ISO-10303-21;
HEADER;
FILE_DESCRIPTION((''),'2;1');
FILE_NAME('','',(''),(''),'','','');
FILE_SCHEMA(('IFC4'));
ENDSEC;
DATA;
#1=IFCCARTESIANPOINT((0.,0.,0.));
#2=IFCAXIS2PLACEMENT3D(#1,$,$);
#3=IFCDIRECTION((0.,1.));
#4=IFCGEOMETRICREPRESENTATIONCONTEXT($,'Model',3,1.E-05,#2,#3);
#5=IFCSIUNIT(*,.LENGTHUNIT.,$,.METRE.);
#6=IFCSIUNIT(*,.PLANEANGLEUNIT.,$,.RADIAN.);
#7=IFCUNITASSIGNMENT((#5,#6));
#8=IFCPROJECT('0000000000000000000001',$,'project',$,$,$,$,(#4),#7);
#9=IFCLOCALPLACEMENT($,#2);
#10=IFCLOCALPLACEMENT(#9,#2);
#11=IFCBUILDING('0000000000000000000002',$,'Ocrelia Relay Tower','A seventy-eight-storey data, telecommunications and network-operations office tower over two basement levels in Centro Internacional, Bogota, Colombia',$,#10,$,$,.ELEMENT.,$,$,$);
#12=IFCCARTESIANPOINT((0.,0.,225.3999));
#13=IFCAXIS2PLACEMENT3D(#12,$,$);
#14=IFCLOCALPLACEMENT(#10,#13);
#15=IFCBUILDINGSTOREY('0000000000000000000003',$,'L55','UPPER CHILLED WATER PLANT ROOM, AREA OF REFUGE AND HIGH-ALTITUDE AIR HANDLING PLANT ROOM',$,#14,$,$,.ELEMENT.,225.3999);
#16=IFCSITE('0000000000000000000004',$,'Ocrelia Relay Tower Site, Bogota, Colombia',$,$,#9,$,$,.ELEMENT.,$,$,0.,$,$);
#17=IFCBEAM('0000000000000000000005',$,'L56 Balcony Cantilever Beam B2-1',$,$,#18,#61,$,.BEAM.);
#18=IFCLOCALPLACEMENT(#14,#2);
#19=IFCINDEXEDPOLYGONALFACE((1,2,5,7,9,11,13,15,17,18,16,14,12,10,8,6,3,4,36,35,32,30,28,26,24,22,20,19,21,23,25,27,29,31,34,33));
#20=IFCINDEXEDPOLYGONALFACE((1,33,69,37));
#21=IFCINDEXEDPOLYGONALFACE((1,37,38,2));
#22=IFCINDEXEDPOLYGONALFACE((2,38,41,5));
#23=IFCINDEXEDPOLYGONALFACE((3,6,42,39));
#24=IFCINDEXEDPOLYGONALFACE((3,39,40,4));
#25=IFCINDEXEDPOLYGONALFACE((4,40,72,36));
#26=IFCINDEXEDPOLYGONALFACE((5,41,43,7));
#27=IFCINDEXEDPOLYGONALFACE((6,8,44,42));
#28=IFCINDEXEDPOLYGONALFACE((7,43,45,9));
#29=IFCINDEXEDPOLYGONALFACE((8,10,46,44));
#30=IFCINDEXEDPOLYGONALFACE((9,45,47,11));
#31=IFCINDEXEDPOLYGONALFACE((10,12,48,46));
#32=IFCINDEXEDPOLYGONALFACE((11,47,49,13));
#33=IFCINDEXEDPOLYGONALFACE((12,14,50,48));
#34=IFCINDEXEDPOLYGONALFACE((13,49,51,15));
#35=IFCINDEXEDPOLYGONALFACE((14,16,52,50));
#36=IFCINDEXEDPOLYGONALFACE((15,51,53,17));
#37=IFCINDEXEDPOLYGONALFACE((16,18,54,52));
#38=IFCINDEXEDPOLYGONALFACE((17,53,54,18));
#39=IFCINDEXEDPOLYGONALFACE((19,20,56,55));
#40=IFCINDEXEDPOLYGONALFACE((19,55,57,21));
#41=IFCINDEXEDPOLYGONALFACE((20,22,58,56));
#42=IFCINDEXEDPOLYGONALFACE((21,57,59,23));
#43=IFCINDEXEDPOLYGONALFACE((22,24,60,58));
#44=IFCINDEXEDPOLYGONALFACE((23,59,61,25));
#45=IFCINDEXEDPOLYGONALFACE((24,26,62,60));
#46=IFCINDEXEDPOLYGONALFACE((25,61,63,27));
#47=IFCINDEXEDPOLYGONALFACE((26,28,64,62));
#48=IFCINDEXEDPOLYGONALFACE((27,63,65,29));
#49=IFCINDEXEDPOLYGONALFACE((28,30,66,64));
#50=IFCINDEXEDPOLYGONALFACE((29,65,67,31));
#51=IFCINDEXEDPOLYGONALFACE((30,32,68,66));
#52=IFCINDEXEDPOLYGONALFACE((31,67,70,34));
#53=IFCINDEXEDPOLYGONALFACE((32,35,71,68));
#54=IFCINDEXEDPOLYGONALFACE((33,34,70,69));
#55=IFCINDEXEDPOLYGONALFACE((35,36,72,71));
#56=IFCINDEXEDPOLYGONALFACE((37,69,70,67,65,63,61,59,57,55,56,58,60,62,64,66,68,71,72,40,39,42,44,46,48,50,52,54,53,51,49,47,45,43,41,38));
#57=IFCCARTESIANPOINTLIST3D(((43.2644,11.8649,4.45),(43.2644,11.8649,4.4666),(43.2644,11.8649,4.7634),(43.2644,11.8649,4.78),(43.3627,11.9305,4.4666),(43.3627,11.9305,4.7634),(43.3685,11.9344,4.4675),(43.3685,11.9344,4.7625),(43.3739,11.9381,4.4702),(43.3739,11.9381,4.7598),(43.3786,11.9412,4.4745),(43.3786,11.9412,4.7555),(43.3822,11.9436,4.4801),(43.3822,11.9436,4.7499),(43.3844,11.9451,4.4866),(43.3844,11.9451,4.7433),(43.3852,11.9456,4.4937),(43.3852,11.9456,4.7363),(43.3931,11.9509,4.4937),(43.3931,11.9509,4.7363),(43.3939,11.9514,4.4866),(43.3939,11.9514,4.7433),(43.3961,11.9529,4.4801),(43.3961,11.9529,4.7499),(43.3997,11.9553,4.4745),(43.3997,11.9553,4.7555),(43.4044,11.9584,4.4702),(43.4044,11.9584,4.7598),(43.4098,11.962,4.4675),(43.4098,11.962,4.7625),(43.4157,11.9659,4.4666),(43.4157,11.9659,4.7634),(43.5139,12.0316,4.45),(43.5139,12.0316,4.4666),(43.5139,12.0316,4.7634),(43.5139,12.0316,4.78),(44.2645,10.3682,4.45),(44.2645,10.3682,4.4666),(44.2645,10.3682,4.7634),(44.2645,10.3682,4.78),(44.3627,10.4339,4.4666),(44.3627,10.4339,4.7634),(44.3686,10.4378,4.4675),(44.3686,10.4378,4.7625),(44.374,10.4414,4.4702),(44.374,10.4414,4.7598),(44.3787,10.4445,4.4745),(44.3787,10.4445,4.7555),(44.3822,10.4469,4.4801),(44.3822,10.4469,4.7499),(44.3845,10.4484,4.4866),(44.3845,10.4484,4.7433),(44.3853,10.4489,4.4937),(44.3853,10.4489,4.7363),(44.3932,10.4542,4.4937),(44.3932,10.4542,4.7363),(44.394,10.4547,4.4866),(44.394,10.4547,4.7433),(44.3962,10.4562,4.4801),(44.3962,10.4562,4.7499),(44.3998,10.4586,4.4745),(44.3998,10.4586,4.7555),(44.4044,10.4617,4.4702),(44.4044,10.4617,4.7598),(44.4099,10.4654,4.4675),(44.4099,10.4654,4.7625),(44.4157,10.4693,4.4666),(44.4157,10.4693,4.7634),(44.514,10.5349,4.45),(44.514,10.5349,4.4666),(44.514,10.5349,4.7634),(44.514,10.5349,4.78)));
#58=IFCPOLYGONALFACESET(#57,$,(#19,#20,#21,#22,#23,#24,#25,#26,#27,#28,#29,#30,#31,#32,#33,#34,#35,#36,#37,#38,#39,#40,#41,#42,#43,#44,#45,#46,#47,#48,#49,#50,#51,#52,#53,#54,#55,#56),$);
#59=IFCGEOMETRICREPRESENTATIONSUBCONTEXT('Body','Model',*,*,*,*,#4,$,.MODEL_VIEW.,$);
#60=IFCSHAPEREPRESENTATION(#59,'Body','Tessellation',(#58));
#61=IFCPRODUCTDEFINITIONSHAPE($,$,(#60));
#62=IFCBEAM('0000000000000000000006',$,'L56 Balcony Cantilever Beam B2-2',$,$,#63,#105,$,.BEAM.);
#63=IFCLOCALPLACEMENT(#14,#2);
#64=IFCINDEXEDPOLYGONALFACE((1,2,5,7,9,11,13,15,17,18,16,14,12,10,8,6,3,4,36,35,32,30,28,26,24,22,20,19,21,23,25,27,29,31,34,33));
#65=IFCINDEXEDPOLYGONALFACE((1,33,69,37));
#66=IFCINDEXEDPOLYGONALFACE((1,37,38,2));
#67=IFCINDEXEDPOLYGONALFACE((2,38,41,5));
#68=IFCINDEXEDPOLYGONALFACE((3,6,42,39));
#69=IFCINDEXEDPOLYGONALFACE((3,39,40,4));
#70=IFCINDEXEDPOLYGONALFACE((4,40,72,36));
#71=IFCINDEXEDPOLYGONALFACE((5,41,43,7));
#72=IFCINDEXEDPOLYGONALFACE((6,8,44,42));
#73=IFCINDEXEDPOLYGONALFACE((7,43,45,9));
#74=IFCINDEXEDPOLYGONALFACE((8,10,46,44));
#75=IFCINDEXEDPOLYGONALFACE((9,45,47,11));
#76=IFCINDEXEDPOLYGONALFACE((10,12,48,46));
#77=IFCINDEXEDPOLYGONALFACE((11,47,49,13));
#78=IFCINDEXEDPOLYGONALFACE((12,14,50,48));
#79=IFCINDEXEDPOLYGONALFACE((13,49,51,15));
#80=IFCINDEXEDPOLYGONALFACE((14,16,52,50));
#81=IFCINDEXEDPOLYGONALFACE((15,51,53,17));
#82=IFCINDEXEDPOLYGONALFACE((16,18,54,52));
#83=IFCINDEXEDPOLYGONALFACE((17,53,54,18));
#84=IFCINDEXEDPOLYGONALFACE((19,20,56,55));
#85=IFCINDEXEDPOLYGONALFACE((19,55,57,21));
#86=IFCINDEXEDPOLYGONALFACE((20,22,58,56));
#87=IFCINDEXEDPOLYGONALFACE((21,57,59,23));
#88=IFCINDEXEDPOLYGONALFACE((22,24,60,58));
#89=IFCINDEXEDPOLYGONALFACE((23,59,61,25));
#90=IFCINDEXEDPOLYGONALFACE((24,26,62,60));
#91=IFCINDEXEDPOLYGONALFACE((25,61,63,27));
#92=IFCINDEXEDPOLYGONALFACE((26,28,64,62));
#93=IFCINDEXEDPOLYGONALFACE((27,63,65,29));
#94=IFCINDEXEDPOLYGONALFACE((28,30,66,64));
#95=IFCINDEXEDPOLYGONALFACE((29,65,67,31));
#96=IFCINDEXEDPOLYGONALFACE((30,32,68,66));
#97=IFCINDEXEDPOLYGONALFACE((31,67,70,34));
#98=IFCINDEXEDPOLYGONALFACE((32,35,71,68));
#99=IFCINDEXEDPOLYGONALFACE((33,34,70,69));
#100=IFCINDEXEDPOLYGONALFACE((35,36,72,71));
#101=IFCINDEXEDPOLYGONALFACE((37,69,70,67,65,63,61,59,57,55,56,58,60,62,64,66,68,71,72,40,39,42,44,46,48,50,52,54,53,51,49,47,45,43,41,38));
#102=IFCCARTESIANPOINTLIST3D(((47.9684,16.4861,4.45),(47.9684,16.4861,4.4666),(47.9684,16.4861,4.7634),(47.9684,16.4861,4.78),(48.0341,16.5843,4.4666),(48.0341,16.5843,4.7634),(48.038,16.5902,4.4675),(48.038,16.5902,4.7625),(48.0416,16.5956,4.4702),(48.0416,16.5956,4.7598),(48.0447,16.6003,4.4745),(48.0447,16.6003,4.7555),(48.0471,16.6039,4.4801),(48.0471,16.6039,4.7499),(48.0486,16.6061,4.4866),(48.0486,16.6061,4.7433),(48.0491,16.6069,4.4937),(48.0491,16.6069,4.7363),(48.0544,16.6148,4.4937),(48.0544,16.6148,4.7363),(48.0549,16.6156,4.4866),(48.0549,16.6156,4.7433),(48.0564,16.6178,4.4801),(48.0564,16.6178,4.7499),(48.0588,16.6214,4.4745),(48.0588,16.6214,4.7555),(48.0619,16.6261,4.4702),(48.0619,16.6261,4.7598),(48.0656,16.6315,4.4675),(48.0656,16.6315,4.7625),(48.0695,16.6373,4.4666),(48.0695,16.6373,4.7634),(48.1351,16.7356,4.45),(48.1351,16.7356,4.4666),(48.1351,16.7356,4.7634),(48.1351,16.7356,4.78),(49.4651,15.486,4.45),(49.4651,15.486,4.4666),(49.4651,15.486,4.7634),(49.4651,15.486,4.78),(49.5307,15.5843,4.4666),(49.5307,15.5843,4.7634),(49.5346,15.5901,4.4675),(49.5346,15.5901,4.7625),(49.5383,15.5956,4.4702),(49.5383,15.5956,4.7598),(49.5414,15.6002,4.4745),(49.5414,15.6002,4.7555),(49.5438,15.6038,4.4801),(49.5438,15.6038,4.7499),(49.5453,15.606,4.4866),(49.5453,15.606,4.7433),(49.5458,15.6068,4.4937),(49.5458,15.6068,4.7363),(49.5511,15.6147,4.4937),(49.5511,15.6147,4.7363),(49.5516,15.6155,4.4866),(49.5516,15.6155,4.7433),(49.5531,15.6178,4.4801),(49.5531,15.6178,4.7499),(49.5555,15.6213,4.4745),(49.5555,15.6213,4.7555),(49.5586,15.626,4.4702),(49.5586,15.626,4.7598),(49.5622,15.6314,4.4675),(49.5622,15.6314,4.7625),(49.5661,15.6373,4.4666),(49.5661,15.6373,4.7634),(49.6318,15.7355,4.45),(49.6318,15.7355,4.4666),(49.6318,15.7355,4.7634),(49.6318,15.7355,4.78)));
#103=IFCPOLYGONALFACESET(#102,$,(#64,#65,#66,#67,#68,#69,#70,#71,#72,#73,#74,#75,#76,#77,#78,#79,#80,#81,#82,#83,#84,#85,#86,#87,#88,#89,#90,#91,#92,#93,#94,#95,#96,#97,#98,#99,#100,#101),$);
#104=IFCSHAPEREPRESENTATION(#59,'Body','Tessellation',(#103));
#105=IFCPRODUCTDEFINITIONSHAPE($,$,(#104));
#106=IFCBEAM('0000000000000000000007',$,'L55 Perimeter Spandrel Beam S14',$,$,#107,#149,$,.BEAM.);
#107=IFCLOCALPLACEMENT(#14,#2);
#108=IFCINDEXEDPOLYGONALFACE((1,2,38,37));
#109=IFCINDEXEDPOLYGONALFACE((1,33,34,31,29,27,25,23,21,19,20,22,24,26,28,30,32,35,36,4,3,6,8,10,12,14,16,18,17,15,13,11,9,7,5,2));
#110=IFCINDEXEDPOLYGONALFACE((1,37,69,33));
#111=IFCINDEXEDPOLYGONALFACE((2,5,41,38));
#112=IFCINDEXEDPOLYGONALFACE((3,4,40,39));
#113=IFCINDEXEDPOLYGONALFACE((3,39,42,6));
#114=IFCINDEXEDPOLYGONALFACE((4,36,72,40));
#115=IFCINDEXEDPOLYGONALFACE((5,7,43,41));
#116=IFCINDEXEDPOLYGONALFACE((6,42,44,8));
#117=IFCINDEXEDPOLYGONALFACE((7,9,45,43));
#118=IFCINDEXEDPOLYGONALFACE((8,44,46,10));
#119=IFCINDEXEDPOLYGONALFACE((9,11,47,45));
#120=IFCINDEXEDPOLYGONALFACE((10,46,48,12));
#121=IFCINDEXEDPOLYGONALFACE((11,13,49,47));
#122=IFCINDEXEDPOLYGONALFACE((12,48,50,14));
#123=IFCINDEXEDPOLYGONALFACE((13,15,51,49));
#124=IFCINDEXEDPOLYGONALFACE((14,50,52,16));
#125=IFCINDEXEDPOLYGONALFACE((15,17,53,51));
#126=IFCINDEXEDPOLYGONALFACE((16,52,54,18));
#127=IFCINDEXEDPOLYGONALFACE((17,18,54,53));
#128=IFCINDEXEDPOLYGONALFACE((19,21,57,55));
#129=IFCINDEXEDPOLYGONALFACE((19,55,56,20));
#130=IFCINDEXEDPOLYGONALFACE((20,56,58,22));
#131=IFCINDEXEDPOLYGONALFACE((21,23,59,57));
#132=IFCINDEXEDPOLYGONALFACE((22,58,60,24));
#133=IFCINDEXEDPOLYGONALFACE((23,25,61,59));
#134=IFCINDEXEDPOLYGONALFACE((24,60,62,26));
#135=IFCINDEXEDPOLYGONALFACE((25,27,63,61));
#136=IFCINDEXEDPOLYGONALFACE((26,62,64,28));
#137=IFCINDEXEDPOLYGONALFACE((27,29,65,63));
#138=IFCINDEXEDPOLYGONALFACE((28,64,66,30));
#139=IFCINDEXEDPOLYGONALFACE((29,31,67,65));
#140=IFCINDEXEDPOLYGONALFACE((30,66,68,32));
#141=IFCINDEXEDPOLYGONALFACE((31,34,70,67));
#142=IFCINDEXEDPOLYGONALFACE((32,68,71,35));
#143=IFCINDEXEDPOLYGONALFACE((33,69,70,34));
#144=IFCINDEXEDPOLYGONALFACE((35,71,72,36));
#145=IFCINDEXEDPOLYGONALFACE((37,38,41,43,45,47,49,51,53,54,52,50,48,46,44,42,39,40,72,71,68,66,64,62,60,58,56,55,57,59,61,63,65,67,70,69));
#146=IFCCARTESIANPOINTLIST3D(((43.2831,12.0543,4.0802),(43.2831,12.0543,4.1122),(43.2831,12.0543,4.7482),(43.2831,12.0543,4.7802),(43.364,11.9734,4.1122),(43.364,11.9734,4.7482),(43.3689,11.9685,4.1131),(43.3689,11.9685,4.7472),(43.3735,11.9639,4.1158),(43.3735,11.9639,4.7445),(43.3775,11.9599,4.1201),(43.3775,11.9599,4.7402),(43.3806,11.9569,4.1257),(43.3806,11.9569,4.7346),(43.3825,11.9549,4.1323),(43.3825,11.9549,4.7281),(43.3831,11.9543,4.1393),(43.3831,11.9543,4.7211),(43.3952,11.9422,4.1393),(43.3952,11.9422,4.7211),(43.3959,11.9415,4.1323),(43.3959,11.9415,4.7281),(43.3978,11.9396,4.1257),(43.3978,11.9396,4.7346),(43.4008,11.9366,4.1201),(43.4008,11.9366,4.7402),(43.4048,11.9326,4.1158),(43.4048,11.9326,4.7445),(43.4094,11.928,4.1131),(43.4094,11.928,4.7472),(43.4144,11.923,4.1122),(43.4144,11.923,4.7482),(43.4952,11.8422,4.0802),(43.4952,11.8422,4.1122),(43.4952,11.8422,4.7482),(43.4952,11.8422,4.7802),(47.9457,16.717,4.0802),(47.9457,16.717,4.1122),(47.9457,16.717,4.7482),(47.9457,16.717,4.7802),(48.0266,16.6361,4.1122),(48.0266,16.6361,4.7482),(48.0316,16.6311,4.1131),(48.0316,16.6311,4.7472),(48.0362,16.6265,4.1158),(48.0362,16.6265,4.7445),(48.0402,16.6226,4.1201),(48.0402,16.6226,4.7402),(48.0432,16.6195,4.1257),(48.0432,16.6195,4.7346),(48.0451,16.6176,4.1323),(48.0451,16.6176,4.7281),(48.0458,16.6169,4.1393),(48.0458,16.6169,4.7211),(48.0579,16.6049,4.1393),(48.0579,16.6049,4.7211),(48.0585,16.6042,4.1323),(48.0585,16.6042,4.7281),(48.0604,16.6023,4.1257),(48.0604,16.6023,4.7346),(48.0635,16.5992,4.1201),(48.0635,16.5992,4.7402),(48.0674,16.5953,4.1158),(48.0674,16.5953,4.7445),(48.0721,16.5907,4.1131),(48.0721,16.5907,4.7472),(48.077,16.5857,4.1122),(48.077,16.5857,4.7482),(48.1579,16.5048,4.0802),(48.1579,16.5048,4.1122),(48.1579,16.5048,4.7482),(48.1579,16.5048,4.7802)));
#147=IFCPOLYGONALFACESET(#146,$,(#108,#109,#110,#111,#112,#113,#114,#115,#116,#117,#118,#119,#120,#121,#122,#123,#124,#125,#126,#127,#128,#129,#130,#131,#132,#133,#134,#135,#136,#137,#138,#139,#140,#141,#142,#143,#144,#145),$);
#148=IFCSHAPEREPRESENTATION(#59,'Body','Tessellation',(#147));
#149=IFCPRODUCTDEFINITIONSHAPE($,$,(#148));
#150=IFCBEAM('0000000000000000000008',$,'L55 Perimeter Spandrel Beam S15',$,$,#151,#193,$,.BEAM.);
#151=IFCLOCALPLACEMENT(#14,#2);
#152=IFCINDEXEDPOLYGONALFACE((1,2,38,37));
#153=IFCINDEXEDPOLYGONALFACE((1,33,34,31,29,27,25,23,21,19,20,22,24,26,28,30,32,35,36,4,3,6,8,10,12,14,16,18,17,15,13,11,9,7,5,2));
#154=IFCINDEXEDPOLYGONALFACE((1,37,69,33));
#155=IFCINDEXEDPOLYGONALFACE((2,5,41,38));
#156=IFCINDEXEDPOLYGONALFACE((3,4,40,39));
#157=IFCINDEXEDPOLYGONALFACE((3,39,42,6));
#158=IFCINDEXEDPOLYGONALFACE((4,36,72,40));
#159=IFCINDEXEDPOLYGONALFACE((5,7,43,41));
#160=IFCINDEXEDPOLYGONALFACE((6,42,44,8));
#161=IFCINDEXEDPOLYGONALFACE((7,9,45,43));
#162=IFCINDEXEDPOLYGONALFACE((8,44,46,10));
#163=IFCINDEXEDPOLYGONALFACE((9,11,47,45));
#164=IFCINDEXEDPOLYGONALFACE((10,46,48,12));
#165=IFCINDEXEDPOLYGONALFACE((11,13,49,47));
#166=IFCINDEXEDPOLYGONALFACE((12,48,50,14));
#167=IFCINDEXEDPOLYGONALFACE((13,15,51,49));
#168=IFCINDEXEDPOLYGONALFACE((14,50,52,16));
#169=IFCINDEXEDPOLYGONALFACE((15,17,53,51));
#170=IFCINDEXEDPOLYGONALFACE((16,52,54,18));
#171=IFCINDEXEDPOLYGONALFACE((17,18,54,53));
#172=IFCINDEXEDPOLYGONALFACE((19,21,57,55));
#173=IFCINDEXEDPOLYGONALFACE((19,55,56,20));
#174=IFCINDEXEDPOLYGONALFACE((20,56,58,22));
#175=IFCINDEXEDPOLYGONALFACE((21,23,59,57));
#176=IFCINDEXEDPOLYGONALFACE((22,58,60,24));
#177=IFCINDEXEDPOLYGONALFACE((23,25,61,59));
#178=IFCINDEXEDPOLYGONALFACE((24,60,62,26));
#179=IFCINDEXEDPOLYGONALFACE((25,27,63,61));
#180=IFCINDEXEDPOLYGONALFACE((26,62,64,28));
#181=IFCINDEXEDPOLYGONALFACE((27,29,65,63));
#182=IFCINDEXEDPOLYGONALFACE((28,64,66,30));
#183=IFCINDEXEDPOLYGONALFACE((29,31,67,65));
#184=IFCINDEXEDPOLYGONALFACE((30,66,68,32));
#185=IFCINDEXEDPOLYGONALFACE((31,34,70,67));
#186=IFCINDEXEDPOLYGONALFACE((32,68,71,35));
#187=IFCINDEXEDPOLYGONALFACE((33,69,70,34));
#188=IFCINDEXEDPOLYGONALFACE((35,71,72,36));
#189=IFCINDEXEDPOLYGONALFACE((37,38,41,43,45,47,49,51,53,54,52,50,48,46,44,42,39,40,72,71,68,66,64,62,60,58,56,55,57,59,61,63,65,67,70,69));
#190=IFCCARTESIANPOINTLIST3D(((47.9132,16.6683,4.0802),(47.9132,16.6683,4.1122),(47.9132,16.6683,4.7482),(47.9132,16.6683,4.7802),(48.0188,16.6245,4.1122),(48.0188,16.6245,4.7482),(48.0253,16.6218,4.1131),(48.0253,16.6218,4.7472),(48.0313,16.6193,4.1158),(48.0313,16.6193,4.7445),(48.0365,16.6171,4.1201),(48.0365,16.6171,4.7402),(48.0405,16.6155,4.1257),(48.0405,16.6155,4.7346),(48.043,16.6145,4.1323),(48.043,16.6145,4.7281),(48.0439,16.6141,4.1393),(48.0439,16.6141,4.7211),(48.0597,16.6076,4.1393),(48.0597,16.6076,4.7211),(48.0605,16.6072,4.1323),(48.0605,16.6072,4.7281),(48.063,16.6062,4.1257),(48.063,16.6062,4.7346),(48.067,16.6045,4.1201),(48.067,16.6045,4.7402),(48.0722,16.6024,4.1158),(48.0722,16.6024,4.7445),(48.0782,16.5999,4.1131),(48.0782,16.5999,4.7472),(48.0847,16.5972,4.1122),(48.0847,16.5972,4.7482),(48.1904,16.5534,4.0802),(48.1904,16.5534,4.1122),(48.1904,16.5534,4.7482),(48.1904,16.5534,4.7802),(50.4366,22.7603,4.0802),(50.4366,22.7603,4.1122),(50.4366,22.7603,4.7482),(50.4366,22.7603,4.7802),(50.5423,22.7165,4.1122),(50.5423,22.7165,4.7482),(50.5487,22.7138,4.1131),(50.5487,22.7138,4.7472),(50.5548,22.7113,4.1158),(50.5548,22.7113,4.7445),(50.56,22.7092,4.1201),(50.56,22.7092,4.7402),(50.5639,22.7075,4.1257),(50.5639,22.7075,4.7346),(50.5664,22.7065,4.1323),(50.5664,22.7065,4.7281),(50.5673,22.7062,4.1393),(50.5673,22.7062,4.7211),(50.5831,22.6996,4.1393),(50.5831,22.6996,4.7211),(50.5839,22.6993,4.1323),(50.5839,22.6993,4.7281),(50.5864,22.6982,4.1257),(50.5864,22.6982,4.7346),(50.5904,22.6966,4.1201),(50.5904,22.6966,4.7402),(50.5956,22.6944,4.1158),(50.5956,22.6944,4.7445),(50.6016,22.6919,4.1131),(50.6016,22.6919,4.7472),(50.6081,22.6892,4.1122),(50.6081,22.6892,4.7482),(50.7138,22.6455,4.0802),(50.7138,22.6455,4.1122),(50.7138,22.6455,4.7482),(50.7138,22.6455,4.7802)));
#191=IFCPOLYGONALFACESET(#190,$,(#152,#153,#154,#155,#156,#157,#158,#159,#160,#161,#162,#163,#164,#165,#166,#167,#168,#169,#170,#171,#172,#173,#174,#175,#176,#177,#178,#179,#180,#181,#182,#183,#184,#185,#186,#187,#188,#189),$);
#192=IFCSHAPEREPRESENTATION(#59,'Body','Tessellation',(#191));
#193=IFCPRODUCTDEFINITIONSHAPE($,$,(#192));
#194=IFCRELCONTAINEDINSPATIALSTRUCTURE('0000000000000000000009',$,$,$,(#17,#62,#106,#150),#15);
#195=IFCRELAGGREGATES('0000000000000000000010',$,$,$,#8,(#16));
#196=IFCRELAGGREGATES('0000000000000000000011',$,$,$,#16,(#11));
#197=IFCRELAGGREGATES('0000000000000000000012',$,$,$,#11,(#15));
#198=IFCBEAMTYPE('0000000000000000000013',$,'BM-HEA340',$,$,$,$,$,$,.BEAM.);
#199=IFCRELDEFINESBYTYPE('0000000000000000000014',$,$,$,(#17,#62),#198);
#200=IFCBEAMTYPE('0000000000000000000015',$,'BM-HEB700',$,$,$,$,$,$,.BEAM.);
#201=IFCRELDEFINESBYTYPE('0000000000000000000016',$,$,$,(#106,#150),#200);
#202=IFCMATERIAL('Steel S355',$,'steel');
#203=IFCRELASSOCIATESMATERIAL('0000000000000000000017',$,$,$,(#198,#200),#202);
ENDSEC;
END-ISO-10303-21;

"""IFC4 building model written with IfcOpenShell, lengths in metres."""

from ifc_helpers import new_model, si_unit, direction, frame, origin, origin_2d, place, context, subcontext, project, spatial, i_section, extrude, material, material_profile, profile_set, type_object, element, save


model = new_model("IFC4")

# Units and contexts
model_context = context("Model", 3, precision=1e-05, world=origin(), true_north=direction((0.0, 1.0)))
body_context = subcontext(model_context, "Body", "Model", "MODEL_VIEW")
ifc_project = project(units=[si_unit("LENGTHUNIT", "METRE"), si_unit("PLANEANGLEUNIT", "RADIAN")], contexts=[model_context])

# Site, building, storey
site_placement = place(None, origin())
site = spatial("IfcSite", under=ifc_project, at=site_placement, Name="Ocrelia Relay Tower Site, Bogota, Colombia", CompositionType="ELEMENT", RefElevation=0.0)
building_placement = place(site_placement, origin())
building = spatial("IfcBuilding", under=site, at=building_placement, Name="Ocrelia Relay Tower", Description="A seventy-eight-storey data, telecommunications and network-operations office tower over two basement levels in Centro Internacional, Bogota, Colombia", CompositionType="ELEMENT")
storey_placement = place(building_placement, frame((0.0, 0.0, 225.3999)))
storey = spatial("IfcBuildingStorey", under=building, at=storey_placement, Name="L55", Description="UPPER CHILLED WATER PLANT ROOM, AREA OF REFUGE AND HIGH-ALTITUDE AIR HANDLING PLANT ROOM", CompositionType="ELEMENT", Elevation=225.3999)

# Beams
ifc_material_1 = material(Name="Steel S355", Category="steel")
ifc_material_profile_1 = material_profile(ifc_material_1, i_section(OverallWidth=0.3, OverallDepth=0.3301, WebThickness=0.0095, FlangeThickness=0.0166, FilletRadius=0.0271, at=origin_2d()), Name="HEA 340")
ifc_profile_set_1 = profile_set([ifc_material_profile_1], Name="Steel S355")
beam_type_1 = type_object("IfcBeamType", Name="BM-HEA340", PredefinedType="BEAM", material=ifc_profile_set_1)
for number, where, z_axis, x_axis, name in (
    (1, (43.3892, 11.9482, 4.615), (0.555576, -0.831466, 0.0), (0.831466, 0.555576, 0.0), "L56 Balcony Cantilever Beam B2-1"),
    (2, (48.0518, 16.6108, 4.615), (0.831466, -0.555576, 0.0), (0.555576, 0.831466, 0.0), "L56 Balcony Cantilever Beam B2-2"),
):
    element("IfcBeam", number, at=place(storey_placement, frame(where, z_axis=z_axis, x_axis=x_axis)), inside=storey, type_object=beam_type_1, Name=name, PredefinedType="BEAM", context=body_context, shape_type="SweptSolid", body=[
        extrude(i_section(OverallWidth=0.3, OverallDepth=0.3301, WebThickness=0.0095, FlangeThickness=0.0166, FilletRadius=0.0271, at=origin_2d()), origin(), (0.0, 0.0, 1.0), 1.8),
    ])
ifc_material_profile_2 = material_profile(ifc_material_1, i_section(OverallWidth=0.3, OverallDepth=0.7, WebThickness=0.0171, FlangeThickness=0.032, FilletRadius=0.0271, at=origin_2d()), Name="HEB 700")
ifc_profile_set_2 = profile_set([ifc_material_profile_2], Name="Steel S355")
beam_type_2 = type_object("IfcBeamType", Name="BM-HEB700", PredefinedType="BEAM", material=ifc_profile_set_2)
for number, where, z_axis, x_axis, name in (
    (3, (43.3892, 11.9482, 4.4302), (0.707107, 0.707107, 0.0), (-0.707107, 0.707107, 0.0), "L55 Perimeter Spandrel Beam S14"),
    (4, (48.0518, 16.6108, 4.4302), (0.382688, 0.923878, 0.0), (-0.923878, 0.382688, 0.0), "L55 Perimeter Spandrel Beam S15"),
):
    element("IfcBeam", number, at=place(storey_placement, frame(where, z_axis=z_axis, x_axis=x_axis)), inside=storey, type_object=beam_type_2, Name=name, PredefinedType="BEAM", context=body_context, shape_type="SweptSolid", body=[
        extrude(i_section(OverallWidth=0.3, OverallDepth=0.7, WebThickness=0.0171, FlangeThickness=0.032, FilletRadius=0.0271, at=origin_2d()), origin(), (0.0, 0.0, 1.0), 6.594),
    ])

save(model, "model.ifc")
